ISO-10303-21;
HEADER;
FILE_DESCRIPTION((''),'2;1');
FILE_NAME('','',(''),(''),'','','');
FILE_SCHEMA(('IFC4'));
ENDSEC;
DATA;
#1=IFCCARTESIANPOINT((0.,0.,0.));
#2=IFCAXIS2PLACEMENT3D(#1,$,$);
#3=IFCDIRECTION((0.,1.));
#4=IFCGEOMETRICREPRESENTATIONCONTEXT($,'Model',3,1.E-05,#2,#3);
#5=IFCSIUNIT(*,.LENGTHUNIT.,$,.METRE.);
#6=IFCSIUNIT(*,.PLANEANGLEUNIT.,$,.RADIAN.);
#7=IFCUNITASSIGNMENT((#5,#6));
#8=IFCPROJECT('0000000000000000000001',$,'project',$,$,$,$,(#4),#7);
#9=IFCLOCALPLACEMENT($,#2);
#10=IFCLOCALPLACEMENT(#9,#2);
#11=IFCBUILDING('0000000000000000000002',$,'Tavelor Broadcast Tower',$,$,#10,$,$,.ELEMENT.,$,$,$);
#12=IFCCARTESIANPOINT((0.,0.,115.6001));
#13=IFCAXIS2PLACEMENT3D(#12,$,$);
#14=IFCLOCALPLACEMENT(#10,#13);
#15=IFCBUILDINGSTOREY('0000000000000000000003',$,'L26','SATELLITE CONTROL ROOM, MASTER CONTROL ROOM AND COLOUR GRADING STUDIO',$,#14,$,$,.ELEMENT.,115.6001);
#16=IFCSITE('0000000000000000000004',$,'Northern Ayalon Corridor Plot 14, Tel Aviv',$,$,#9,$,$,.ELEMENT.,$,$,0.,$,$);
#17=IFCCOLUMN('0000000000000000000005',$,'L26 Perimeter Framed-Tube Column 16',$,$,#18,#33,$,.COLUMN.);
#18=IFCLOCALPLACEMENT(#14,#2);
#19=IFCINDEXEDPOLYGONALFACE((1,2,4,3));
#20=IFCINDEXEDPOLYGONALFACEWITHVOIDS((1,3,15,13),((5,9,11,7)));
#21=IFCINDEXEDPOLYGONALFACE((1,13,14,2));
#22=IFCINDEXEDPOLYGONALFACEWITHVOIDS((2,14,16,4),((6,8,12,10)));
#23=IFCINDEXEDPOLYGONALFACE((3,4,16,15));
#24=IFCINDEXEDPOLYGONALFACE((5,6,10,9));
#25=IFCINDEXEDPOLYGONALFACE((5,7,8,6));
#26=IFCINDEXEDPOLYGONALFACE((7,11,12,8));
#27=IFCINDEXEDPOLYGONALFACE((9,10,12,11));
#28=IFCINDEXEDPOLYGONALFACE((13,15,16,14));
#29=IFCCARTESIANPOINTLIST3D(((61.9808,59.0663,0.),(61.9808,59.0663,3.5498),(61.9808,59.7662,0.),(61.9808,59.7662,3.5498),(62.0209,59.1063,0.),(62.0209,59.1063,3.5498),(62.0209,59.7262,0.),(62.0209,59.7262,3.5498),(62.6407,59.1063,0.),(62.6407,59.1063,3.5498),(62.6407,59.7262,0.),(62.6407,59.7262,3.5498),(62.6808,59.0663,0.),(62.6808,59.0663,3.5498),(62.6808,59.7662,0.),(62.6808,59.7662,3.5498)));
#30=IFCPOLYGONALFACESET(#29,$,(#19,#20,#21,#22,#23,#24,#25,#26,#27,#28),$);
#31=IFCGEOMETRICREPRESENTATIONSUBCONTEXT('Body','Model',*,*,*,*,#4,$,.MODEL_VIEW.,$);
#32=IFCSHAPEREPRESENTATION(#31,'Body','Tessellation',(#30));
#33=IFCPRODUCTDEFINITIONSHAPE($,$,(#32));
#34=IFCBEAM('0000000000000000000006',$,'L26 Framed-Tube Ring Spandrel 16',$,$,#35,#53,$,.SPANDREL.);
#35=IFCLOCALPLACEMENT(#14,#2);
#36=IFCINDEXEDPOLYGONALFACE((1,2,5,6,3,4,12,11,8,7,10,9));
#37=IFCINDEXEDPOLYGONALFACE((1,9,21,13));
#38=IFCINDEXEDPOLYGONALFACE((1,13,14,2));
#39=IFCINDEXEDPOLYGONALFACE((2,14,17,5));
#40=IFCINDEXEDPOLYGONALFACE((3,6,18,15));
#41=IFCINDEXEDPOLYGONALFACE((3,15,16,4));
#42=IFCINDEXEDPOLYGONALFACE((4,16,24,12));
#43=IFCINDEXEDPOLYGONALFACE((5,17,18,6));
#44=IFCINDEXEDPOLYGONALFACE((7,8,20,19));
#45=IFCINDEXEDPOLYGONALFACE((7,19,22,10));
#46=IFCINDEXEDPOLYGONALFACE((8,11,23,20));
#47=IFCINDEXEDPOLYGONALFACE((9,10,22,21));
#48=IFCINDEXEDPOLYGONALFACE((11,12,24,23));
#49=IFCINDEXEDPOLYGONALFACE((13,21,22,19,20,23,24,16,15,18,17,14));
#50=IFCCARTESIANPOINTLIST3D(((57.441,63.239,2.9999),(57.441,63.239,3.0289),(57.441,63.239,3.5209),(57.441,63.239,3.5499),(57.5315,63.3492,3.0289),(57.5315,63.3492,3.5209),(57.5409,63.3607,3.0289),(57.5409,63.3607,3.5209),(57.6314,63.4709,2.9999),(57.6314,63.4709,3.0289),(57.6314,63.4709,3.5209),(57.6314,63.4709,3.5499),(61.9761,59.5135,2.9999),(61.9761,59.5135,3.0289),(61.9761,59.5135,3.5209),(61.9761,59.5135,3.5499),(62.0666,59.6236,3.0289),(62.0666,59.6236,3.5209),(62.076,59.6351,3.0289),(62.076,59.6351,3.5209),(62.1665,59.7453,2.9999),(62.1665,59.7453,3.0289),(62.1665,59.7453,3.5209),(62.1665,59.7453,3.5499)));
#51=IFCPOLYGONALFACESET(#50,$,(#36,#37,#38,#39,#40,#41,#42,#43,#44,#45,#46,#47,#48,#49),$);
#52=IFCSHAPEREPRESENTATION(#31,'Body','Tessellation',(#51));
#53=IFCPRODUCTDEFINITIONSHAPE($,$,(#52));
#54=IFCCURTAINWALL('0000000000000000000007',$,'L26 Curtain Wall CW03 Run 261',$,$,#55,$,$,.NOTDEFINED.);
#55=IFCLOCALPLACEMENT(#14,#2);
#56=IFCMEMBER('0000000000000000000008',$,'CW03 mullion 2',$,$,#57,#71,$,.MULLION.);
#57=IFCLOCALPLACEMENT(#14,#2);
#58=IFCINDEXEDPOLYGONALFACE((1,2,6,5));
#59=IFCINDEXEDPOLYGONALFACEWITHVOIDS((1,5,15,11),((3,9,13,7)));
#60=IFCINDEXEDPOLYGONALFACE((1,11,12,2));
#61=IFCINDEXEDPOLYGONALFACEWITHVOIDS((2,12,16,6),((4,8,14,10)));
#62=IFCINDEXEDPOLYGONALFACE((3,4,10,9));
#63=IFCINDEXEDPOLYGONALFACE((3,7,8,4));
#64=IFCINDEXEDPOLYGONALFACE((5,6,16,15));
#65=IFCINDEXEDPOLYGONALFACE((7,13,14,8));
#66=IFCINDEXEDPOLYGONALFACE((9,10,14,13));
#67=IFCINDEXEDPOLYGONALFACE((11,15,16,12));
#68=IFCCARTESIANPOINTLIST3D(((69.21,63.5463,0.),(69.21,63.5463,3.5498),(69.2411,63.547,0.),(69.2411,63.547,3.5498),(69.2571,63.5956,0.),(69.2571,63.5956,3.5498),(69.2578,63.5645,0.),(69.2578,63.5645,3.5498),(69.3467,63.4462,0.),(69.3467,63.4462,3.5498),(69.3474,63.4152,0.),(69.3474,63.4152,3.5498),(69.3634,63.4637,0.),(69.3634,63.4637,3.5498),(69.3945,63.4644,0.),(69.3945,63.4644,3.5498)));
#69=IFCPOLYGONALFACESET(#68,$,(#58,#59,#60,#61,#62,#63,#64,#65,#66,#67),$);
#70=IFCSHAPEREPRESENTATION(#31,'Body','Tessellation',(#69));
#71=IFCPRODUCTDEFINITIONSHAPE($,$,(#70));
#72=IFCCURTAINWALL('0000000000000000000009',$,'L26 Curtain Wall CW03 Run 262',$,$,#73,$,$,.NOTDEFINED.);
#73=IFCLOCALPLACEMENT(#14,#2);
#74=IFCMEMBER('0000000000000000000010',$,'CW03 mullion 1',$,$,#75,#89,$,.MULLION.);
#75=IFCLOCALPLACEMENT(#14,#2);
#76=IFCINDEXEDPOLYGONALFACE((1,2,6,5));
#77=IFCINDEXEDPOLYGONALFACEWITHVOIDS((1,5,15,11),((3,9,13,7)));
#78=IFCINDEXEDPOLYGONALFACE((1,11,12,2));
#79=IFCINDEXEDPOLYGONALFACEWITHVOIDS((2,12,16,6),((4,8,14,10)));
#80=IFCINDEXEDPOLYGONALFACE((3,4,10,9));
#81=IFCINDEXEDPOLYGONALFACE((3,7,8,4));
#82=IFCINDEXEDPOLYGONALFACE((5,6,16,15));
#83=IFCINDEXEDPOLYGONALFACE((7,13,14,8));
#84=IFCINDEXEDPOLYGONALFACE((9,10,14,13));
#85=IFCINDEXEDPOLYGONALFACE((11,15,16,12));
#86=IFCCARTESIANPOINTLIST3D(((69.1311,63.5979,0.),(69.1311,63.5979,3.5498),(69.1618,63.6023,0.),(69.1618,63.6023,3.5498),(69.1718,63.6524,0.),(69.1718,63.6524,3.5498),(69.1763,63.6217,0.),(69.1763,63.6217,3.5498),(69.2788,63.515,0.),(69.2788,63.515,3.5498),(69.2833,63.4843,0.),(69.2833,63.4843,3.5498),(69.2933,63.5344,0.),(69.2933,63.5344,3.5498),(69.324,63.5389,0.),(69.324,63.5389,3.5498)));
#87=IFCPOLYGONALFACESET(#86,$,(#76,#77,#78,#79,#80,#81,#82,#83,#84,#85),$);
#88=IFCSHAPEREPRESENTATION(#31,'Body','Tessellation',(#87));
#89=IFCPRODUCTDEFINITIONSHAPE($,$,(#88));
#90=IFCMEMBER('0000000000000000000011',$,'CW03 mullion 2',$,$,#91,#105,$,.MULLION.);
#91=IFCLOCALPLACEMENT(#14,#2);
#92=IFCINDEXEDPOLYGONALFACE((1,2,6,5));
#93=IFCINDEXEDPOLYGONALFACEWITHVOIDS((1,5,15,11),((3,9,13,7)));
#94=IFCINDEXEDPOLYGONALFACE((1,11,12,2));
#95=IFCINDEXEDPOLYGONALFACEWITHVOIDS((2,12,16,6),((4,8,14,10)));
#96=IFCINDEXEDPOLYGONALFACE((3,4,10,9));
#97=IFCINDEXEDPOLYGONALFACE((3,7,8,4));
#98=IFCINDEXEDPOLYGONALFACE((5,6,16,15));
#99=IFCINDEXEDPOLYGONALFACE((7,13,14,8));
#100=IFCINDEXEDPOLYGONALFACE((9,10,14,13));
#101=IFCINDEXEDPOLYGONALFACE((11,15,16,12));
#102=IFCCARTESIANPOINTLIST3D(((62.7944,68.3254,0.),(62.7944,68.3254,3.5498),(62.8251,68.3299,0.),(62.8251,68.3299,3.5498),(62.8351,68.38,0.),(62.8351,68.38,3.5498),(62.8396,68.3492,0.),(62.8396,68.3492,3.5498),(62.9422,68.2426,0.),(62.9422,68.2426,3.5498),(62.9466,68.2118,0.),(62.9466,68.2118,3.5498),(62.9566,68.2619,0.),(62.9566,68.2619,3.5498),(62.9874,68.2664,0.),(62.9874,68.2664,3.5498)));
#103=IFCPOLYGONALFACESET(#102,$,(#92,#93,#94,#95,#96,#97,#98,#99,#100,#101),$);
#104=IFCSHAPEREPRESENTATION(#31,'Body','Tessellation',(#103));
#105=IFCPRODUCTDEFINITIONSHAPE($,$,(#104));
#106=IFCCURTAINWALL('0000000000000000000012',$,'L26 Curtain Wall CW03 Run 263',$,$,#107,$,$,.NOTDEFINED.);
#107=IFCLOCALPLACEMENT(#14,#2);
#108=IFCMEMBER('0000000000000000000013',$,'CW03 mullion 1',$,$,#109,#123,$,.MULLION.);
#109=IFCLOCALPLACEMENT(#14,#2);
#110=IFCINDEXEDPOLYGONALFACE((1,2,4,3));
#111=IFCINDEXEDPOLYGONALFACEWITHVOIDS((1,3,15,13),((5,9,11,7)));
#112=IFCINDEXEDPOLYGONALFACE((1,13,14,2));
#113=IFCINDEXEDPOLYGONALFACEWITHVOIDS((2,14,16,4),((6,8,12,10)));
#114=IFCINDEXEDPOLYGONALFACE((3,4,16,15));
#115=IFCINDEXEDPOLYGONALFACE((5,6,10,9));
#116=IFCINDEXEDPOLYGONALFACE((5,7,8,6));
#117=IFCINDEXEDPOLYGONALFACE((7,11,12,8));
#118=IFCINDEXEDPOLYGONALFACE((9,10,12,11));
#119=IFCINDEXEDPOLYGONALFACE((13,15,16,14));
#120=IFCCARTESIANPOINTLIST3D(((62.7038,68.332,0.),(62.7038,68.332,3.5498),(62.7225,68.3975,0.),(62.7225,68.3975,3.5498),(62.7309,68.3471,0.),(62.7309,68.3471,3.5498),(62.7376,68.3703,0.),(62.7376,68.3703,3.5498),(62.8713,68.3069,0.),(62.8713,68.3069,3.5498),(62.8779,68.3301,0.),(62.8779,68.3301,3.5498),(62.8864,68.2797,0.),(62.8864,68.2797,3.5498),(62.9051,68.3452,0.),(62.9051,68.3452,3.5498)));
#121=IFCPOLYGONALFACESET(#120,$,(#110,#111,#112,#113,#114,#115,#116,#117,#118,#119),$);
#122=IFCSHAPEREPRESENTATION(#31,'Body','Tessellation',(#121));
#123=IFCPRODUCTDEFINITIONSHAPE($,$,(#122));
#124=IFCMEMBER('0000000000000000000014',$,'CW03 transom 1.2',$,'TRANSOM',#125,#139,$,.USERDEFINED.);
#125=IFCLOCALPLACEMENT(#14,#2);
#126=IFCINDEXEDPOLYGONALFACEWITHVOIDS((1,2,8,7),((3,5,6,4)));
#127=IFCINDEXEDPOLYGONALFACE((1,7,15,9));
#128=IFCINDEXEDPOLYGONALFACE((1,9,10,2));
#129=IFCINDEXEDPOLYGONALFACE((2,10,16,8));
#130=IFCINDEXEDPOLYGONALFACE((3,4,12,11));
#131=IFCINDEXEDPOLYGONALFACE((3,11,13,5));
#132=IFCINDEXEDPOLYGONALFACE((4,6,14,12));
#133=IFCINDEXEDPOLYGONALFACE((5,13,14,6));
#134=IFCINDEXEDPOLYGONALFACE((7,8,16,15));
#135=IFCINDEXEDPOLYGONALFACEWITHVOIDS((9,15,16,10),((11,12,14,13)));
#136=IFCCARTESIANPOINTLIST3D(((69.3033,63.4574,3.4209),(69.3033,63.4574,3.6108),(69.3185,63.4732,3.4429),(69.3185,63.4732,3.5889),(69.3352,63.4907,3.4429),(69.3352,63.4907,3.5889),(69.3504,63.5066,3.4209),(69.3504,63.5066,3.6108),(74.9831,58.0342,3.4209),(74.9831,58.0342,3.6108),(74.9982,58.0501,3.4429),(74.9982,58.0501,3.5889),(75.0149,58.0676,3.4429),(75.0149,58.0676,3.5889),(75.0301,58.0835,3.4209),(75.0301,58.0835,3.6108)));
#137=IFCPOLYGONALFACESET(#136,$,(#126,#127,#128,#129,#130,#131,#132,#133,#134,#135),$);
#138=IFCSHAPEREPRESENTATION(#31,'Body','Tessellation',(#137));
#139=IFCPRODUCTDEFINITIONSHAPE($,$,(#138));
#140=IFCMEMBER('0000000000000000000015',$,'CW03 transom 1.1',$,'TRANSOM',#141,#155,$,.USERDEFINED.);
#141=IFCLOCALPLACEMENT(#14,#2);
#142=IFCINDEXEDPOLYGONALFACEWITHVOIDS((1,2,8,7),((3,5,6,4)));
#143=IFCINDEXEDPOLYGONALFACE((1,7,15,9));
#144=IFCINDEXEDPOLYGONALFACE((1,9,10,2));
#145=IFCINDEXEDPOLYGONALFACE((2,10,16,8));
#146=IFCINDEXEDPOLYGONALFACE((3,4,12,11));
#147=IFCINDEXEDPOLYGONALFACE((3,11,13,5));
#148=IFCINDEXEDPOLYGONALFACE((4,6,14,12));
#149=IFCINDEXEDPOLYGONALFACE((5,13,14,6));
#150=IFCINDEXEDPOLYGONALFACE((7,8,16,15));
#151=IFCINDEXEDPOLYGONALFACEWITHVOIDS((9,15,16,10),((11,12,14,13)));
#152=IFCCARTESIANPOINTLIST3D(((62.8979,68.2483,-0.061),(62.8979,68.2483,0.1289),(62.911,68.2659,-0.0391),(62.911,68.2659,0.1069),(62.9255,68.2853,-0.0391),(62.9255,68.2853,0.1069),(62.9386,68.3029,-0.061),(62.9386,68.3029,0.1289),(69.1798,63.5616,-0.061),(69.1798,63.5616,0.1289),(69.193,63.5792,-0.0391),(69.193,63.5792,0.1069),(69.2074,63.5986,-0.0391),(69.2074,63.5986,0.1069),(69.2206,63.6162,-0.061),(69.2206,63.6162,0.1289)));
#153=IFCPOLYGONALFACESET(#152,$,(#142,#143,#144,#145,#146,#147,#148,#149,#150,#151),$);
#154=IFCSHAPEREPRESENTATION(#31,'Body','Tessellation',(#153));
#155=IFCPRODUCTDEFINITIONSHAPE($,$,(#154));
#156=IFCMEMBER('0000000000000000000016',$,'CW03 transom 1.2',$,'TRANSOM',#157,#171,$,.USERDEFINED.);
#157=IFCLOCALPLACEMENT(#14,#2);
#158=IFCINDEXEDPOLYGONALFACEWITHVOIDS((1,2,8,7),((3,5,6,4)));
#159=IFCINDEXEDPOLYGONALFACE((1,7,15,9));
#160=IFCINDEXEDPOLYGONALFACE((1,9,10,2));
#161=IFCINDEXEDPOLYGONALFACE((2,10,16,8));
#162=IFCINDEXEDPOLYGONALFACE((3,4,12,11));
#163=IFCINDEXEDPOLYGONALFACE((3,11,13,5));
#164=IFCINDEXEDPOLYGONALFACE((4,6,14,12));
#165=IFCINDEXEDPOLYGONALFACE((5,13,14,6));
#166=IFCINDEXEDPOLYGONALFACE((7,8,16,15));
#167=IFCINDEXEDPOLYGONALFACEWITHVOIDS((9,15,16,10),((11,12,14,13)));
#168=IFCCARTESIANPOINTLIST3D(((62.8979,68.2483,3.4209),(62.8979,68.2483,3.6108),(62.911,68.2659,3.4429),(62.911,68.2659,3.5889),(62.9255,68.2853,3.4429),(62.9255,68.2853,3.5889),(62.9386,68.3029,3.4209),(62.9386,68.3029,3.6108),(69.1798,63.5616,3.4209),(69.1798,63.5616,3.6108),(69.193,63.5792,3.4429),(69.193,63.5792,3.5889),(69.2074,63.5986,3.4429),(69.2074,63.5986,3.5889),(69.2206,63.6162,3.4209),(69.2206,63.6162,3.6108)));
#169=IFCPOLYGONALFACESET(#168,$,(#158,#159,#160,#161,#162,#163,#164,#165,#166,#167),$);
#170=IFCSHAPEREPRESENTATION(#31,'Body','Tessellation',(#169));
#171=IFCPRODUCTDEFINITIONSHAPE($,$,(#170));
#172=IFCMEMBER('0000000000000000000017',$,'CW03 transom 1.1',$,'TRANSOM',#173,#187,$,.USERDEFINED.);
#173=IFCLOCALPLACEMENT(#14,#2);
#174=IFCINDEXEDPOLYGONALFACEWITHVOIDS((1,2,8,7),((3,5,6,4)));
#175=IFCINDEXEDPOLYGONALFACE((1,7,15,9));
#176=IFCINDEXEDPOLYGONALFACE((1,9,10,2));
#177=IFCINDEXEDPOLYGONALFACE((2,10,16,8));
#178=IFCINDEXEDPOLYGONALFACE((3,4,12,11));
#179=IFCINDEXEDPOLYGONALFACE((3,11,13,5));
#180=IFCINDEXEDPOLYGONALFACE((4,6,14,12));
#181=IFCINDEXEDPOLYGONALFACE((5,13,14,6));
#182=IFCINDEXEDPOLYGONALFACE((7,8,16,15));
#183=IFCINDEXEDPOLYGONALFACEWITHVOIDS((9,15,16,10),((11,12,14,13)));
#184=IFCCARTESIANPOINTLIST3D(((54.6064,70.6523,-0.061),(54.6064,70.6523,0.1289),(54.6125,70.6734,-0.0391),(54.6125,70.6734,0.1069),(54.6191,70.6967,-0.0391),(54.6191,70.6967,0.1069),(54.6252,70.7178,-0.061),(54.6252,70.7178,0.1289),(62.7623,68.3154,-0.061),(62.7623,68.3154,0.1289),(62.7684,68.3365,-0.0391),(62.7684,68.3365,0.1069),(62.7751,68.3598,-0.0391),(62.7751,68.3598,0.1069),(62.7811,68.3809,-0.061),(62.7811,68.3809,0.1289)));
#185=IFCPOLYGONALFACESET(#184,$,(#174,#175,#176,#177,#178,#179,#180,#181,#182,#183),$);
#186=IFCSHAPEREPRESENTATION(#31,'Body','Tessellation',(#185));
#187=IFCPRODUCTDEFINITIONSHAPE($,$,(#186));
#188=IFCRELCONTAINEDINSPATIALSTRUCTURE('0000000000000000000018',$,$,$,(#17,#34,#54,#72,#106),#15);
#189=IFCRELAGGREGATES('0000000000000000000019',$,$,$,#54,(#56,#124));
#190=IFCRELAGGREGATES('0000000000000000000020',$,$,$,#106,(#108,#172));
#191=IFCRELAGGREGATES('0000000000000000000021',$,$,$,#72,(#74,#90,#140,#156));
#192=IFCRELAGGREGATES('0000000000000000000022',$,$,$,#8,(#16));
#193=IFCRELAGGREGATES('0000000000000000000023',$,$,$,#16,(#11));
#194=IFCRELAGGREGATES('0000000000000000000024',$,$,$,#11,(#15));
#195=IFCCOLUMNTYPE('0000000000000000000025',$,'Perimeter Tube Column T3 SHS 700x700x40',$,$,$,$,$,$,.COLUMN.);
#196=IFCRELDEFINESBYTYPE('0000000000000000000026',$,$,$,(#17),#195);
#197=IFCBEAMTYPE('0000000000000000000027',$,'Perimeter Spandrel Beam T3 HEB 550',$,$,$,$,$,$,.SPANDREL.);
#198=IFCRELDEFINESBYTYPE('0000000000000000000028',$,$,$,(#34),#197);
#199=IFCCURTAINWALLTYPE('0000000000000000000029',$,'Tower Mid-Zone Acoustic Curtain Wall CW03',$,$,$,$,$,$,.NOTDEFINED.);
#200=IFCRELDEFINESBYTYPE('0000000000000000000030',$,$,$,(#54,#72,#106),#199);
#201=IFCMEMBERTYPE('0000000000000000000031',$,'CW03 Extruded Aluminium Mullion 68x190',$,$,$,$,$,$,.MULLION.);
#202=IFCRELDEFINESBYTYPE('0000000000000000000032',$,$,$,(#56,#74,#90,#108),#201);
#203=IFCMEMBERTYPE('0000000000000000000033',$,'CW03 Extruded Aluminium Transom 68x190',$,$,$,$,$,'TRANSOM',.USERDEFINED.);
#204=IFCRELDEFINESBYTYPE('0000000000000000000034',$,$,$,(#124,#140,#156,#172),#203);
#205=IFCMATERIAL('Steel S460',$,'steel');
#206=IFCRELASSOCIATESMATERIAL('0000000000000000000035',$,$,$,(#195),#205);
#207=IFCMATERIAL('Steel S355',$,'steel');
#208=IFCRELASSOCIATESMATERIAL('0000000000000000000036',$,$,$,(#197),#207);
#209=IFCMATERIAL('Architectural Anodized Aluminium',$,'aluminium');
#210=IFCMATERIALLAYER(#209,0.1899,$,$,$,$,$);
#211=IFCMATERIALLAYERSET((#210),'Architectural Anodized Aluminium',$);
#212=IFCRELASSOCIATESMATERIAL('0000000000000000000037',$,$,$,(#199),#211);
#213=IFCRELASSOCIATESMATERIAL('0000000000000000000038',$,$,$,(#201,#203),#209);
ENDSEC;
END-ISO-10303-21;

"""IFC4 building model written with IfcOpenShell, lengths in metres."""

from ifc_helpers import new_model, si_unit, direction, frame, origin, origin_2d, place, context, subcontext, project, spatial, hollow_rectangle, i_section, extrude, source, transform, mapped, material, layer, layer_set, material_profile, profile_set, type_object, type_shapes, element, aggregate, save


model = new_model("IFC4")

# Units and contexts
model_context = context("Model", 3, precision=1e-05, world=origin(), true_north=direction((0.0, 1.0)))
body_context = subcontext(model_context, "Body", "Model", "MODEL_VIEW")
ifc_project = project(units=[si_unit("LENGTHUNIT", "METRE"), si_unit("PLANEANGLEUNIT", "RADIAN")], contexts=[model_context])

# Site, building, storey
site_placement = place(None, origin())
site = spatial("IfcSite", under=ifc_project, at=site_placement, Name="Northern Ayalon Corridor Plot 14, Tel Aviv", CompositionType="ELEMENT", RefElevation=0.0)
building_placement = place(site_placement, origin())
building = spatial("IfcBuilding", under=site, at=building_placement, Name="Tavelor Broadcast Tower", CompositionType="ELEMENT")
storey_placement = place(building_placement, frame((0.0, 0.0, 115.6001)))
storey = spatial("IfcBuildingStorey", under=building, at=storey_placement, Name="L26", Description="SATELLITE CONTROL ROOM, MASTER CONTROL ROOM AND COLOUR GRADING STUDIO", CompositionType="ELEMENT", Elevation=115.6001)

# Column
ifc_material_1 = material(Name="Steel S460", Category="steel")
ifc_material_profile_1 = material_profile(ifc_material_1, hollow_rectangle(XDim=0.7, YDim=0.7, WallThickness=0.04, at=origin_2d()), Name="SHS 700x700x40")
ifc_profile_set_1 = profile_set([ifc_material_profile_1], Name="Steel S460")
column_type = type_object("IfcColumnType", Name="Perimeter Tube Column T3 SHS 700x700x40", PredefinedType="COLUMN", material=ifc_profile_set_1)
column_placement = place(storey_placement, frame((62.3308, 59.4163, 0.0), z_axis=(0.0, 0.0, 1.0), x_axis=(1.0, 0.0, 0.0)))
element("IfcColumn", 1, at=column_placement, inside=storey, type_object=column_type, Name="L26 Perimeter Framed-Tube Column 16", PredefinedType="COLUMN", context=body_context, shape_type="SweptSolid", body=[
    extrude(hollow_rectangle(XDim=0.7, YDim=0.7, WallThickness=0.04, at=origin_2d()), origin(), (0.0, 0.0, 1.0), 3.5498),
])

# Beam
ifc_material_2 = material(Name="Steel S355", Category="steel")
ifc_material_profile_2 = material_profile(ifc_material_2, i_section(OverallWidth=0.3, OverallDepth=0.55, WebThickness=0.0149, FlangeThickness=0.0291, at=origin_2d()), Name="HEB 550")
ifc_profile_set_2 = profile_set([ifc_material_profile_2], Name="Steel S355")
beam_type = type_object("IfcBeamType", Name="Perimeter Spandrel Beam T3 HEB 550", PredefinedType="SPANDREL", material=ifc_profile_set_2)
beam_placement = place(storey_placement, frame((62.0713, 59.6294, 3.2749), z_axis=(-0.772703, 0.634768, 0.0), x_axis=(-0.634768, -0.772703, 0.0)))
element("IfcBeam", 2, at=beam_placement, inside=storey, type_object=beam_type, Name="L26 Framed-Tube Ring Spandrel 16", PredefinedType="SPANDREL", context=body_context, shape_type="SweptSolid", body=[
    extrude(i_section(OverallWidth=0.3, OverallDepth=0.55, WebThickness=0.0149, FlangeThickness=0.0291, at=origin_2d()), origin(), (0.0, 0.0, 1.0), 5.8691),
])

# Curtain wall, member
ifc_material_3 = material(Name="Architectural Anodized Aluminium", Category="aluminium")
ifc_layer_1 = layer(ifc_material_3, 0.1899)
ifc_layer_set_1 = layer_set([ifc_layer_1], Name="Architectural Anodized Aluminium")
curtain_wall_type = type_object("IfcCurtainWallType", Name="Tower Mid-Zone Acoustic Curtain Wall CW03", PredefinedType="NOTDEFINED", material=ifc_layer_set_1)
curtain_wall_1_placement = place(storey_placement, origin())
curtain_wall_1 = element("IfcCurtainWall", 3, at=curtain_wall_1_placement, inside=storey, type_object=curtain_wall_type, Name="L26 Curtain Wall CW03 Run 261", PredefinedType="NOTDEFINED")
ifc_material_profile_3 = material_profile(ifc_material_3, hollow_rectangle(XDim=0.0681, YDim=0.1899, WallThickness=0.022, at=origin_2d()), Name="RHS 68x190x22")
ifc_profile_set_3 = profile_set([ifc_material_profile_3], Name="Architectural Anodized Aluminium")
member_type_1 = type_object("IfcMemberType", Name="CW03 Extruded Aluminium Mullion 68x190", PredefinedType="MULLION", material=ifc_profile_set_3)
shared_shape_1 = source(origin(), body_context, "Body", "SweptSolid", [
    extrude(hollow_rectangle(XDim=0.0681, YDim=0.1899, WallThickness=0.022, at=origin_2d()), origin(), (0.0, 0.0, 1.0), 3.5498),
])
type_shapes(member_type_1, [shared_shape_1])
member_1_placement = place(storey_placement, frame((69.3022, 63.5054, 0.0), z_axis=(0.0, 0.0, 1.0), x_axis=(-0.690564, -0.723272, 0.0)))
member_1 = element("IfcMember", 4, at=member_1_placement, type_object=member_type_1, Name="CW03 mullion 2", PredefinedType="MULLION", context=body_context, shape_type="MappedRepresentation", body=[
    mapped(shared_shape_1, transform((0.0, 0.0, 0.0), scale=1.0)),
])

# Curtain wall, members
curtain_wall_2_placement = place(storey_placement, origin())
curtain_wall_2 = element("IfcCurtainWall", 5, at=curtain_wall_2_placement, inside=storey, type_object=curtain_wall_type, Name="L26 Curtain Wall CW03 Run 262", PredefinedType="NOTDEFINED")
member_2_placement = place(storey_placement, frame((69.2275, 63.5684, 0.0), z_axis=(0.0, 0.0, 1.0), x_axis=(-0.597973, -0.801516, 0.0)))
member_2 = element("IfcMember", 6, at=member_2_placement, type_object=member_type_1, Name="CW03 mullion 1", PredefinedType="MULLION", context=body_context, shape_type="MappedRepresentation", body=[
    mapped(shared_shape_1, transform((0.0, 0.0, 0.0), scale=1.0)),
])
member_3_placement = place(storey_placement, frame((62.8909, 68.2959, 0.0), z_axis=(0.0, 0.0, 1.0), x_axis=(-0.597973, -0.801516, 0.0)))
member_3 = element("IfcMember", 7, at=member_3_placement, type_object=member_type_1, Name="CW03 mullion 2", PredefinedType="MULLION", context=body_context, shape_type="MappedRepresentation", body=[
    mapped(shared_shape_1, transform((0.0, 0.0, 0.0), scale=1.0)),
])

# Curtain wall, member
curtain_wall_3_placement = place(storey_placement, origin())
curtain_wall_3 = element("IfcCurtainWall", 8, at=curtain_wall_3_placement, inside=storey, type_object=curtain_wall_type, Name="L26 Curtain Wall CW03 Run 263", PredefinedType="NOTDEFINED")
member_4_placement = place(storey_placement, frame((62.8044, 68.3386, 0.0), z_axis=(0.0, 0.0, 1.0), x_axis=(-0.275463, -0.961312, 0.0)))
member_4 = element("IfcMember", 9, at=member_4_placement, type_object=member_type_1, Name="CW03 mullion 1", PredefinedType="MULLION", context=body_context, shape_type="MappedRepresentation", body=[
    mapped(shared_shape_1, transform((0.0, 0.0, 0.0), scale=1.0)),
])

# Members
ifc_material_profile_4 = material_profile(ifc_material_3, hollow_rectangle(XDim=0.0681, YDim=0.1899, WallThickness=0.022, at=origin_2d()), Name="RHS 68x190x22")
ifc_profile_set_4 = profile_set([ifc_material_profile_4], Name="Architectural Anodized Aluminium")
member_type_2 = type_object("IfcMemberType", Name="CW03 Extruded Aluminium Transom 68x190", ElementType="TRANSOM", PredefinedType="USERDEFINED", material=ifc_profile_set_4)
shared_shape_2 = source(origin(), body_context, "Body", "SweptSolid", [
    extrude(hollow_rectangle(XDim=0.0681, YDim=0.1899, WallThickness=0.022, at=origin_2d()), origin(), (0.0, 0.0, 1.0), 7.853),
])
member_5_placement = place(storey_placement, frame((75.0066, 58.0588, 3.5159), z_axis=(-0.723255, 0.690581, 0.0), x_axis=(-0.690581, -0.723255, 0.0)))
member_5 = element("IfcMember", 10, at=member_5_placement, type_object=member_type_2, Name="CW03 transom 1.2", ObjectType="TRANSOM", PredefinedType="USERDEFINED", context=body_context, shape_type="MappedRepresentation", body=[
    mapped(shared_shape_2, transform((0.0, 0.0, 0.0), scale=1.0)),
])
shared_shape_3 = source(origin(), body_context, "Body", "SweptSolid", [
    extrude(hollow_rectangle(XDim=0.0681, YDim=0.1899, WallThickness=0.022, at=origin_2d()), origin(), (0.0, 0.0, 1.0), 7.8376),
])
member_6_placement = place(storey_placement, frame((69.2002, 63.5889, 0.0339), z_axis=(-0.801511, 0.59798, 0.0), x_axis=(-0.59798, -0.801511, 0.0)))
member_6 = element("IfcMember", 11, at=member_6_placement, type_object=member_type_2, Name="CW03 transom 1.1", ObjectType="TRANSOM", PredefinedType="USERDEFINED", context=body_context, shape_type="MappedRepresentation", body=[
    mapped(shared_shape_3, transform((0.0, 0.0, 0.0), scale=1.0)),
])
member_7_placement = place(storey_placement, frame((69.2002, 63.5889, 3.5159), z_axis=(-0.801511, 0.59798, 0.0), x_axis=(-0.59798, -0.801511, 0.0)))
member_7 = element("IfcMember", 12, at=member_7_placement, type_object=member_type_2, Name="CW03 transom 1.2", ObjectType="TRANSOM", PredefinedType="USERDEFINED", context=body_context, shape_type="MappedRepresentation", body=[
    mapped(shared_shape_3, transform((0.0, 0.0, 0.0), scale=1.0)),
])
shared_shape_4 = source(origin(), body_context, "Body", "SweptSolid", [
    extrude(hollow_rectangle(XDim=0.0681, YDim=0.1899, WallThickness=0.022, at=origin_2d()), origin(), (0.0, 0.0, 1.0), 8.4841),
])
type_shapes(member_type_2, [shared_shape_2, shared_shape_3, shared_shape_4])
member_8_placement = place(storey_placement, frame((62.7717, 68.3481, 0.0339), z_axis=(-0.961317, 0.275443, 0.0), x_axis=(-0.275443, -0.961317, 0.0)))
member_8 = element("IfcMember", 13, at=member_8_placement, type_object=member_type_2, Name="CW03 transom 1.1", ObjectType="TRANSOM", PredefinedType="USERDEFINED", context=body_context, shape_type="MappedRepresentation", body=[
    mapped(shared_shape_4, transform((0.0, 0.0, 0.0), scale=1.0)),
])

aggregate(curtain_wall_1, [member_1, member_5])
aggregate(curtain_wall_3, [member_4, member_8])
aggregate(curtain_wall_2, [member_2, member_3, member_6, member_7])

save(model, "model.ifc")
